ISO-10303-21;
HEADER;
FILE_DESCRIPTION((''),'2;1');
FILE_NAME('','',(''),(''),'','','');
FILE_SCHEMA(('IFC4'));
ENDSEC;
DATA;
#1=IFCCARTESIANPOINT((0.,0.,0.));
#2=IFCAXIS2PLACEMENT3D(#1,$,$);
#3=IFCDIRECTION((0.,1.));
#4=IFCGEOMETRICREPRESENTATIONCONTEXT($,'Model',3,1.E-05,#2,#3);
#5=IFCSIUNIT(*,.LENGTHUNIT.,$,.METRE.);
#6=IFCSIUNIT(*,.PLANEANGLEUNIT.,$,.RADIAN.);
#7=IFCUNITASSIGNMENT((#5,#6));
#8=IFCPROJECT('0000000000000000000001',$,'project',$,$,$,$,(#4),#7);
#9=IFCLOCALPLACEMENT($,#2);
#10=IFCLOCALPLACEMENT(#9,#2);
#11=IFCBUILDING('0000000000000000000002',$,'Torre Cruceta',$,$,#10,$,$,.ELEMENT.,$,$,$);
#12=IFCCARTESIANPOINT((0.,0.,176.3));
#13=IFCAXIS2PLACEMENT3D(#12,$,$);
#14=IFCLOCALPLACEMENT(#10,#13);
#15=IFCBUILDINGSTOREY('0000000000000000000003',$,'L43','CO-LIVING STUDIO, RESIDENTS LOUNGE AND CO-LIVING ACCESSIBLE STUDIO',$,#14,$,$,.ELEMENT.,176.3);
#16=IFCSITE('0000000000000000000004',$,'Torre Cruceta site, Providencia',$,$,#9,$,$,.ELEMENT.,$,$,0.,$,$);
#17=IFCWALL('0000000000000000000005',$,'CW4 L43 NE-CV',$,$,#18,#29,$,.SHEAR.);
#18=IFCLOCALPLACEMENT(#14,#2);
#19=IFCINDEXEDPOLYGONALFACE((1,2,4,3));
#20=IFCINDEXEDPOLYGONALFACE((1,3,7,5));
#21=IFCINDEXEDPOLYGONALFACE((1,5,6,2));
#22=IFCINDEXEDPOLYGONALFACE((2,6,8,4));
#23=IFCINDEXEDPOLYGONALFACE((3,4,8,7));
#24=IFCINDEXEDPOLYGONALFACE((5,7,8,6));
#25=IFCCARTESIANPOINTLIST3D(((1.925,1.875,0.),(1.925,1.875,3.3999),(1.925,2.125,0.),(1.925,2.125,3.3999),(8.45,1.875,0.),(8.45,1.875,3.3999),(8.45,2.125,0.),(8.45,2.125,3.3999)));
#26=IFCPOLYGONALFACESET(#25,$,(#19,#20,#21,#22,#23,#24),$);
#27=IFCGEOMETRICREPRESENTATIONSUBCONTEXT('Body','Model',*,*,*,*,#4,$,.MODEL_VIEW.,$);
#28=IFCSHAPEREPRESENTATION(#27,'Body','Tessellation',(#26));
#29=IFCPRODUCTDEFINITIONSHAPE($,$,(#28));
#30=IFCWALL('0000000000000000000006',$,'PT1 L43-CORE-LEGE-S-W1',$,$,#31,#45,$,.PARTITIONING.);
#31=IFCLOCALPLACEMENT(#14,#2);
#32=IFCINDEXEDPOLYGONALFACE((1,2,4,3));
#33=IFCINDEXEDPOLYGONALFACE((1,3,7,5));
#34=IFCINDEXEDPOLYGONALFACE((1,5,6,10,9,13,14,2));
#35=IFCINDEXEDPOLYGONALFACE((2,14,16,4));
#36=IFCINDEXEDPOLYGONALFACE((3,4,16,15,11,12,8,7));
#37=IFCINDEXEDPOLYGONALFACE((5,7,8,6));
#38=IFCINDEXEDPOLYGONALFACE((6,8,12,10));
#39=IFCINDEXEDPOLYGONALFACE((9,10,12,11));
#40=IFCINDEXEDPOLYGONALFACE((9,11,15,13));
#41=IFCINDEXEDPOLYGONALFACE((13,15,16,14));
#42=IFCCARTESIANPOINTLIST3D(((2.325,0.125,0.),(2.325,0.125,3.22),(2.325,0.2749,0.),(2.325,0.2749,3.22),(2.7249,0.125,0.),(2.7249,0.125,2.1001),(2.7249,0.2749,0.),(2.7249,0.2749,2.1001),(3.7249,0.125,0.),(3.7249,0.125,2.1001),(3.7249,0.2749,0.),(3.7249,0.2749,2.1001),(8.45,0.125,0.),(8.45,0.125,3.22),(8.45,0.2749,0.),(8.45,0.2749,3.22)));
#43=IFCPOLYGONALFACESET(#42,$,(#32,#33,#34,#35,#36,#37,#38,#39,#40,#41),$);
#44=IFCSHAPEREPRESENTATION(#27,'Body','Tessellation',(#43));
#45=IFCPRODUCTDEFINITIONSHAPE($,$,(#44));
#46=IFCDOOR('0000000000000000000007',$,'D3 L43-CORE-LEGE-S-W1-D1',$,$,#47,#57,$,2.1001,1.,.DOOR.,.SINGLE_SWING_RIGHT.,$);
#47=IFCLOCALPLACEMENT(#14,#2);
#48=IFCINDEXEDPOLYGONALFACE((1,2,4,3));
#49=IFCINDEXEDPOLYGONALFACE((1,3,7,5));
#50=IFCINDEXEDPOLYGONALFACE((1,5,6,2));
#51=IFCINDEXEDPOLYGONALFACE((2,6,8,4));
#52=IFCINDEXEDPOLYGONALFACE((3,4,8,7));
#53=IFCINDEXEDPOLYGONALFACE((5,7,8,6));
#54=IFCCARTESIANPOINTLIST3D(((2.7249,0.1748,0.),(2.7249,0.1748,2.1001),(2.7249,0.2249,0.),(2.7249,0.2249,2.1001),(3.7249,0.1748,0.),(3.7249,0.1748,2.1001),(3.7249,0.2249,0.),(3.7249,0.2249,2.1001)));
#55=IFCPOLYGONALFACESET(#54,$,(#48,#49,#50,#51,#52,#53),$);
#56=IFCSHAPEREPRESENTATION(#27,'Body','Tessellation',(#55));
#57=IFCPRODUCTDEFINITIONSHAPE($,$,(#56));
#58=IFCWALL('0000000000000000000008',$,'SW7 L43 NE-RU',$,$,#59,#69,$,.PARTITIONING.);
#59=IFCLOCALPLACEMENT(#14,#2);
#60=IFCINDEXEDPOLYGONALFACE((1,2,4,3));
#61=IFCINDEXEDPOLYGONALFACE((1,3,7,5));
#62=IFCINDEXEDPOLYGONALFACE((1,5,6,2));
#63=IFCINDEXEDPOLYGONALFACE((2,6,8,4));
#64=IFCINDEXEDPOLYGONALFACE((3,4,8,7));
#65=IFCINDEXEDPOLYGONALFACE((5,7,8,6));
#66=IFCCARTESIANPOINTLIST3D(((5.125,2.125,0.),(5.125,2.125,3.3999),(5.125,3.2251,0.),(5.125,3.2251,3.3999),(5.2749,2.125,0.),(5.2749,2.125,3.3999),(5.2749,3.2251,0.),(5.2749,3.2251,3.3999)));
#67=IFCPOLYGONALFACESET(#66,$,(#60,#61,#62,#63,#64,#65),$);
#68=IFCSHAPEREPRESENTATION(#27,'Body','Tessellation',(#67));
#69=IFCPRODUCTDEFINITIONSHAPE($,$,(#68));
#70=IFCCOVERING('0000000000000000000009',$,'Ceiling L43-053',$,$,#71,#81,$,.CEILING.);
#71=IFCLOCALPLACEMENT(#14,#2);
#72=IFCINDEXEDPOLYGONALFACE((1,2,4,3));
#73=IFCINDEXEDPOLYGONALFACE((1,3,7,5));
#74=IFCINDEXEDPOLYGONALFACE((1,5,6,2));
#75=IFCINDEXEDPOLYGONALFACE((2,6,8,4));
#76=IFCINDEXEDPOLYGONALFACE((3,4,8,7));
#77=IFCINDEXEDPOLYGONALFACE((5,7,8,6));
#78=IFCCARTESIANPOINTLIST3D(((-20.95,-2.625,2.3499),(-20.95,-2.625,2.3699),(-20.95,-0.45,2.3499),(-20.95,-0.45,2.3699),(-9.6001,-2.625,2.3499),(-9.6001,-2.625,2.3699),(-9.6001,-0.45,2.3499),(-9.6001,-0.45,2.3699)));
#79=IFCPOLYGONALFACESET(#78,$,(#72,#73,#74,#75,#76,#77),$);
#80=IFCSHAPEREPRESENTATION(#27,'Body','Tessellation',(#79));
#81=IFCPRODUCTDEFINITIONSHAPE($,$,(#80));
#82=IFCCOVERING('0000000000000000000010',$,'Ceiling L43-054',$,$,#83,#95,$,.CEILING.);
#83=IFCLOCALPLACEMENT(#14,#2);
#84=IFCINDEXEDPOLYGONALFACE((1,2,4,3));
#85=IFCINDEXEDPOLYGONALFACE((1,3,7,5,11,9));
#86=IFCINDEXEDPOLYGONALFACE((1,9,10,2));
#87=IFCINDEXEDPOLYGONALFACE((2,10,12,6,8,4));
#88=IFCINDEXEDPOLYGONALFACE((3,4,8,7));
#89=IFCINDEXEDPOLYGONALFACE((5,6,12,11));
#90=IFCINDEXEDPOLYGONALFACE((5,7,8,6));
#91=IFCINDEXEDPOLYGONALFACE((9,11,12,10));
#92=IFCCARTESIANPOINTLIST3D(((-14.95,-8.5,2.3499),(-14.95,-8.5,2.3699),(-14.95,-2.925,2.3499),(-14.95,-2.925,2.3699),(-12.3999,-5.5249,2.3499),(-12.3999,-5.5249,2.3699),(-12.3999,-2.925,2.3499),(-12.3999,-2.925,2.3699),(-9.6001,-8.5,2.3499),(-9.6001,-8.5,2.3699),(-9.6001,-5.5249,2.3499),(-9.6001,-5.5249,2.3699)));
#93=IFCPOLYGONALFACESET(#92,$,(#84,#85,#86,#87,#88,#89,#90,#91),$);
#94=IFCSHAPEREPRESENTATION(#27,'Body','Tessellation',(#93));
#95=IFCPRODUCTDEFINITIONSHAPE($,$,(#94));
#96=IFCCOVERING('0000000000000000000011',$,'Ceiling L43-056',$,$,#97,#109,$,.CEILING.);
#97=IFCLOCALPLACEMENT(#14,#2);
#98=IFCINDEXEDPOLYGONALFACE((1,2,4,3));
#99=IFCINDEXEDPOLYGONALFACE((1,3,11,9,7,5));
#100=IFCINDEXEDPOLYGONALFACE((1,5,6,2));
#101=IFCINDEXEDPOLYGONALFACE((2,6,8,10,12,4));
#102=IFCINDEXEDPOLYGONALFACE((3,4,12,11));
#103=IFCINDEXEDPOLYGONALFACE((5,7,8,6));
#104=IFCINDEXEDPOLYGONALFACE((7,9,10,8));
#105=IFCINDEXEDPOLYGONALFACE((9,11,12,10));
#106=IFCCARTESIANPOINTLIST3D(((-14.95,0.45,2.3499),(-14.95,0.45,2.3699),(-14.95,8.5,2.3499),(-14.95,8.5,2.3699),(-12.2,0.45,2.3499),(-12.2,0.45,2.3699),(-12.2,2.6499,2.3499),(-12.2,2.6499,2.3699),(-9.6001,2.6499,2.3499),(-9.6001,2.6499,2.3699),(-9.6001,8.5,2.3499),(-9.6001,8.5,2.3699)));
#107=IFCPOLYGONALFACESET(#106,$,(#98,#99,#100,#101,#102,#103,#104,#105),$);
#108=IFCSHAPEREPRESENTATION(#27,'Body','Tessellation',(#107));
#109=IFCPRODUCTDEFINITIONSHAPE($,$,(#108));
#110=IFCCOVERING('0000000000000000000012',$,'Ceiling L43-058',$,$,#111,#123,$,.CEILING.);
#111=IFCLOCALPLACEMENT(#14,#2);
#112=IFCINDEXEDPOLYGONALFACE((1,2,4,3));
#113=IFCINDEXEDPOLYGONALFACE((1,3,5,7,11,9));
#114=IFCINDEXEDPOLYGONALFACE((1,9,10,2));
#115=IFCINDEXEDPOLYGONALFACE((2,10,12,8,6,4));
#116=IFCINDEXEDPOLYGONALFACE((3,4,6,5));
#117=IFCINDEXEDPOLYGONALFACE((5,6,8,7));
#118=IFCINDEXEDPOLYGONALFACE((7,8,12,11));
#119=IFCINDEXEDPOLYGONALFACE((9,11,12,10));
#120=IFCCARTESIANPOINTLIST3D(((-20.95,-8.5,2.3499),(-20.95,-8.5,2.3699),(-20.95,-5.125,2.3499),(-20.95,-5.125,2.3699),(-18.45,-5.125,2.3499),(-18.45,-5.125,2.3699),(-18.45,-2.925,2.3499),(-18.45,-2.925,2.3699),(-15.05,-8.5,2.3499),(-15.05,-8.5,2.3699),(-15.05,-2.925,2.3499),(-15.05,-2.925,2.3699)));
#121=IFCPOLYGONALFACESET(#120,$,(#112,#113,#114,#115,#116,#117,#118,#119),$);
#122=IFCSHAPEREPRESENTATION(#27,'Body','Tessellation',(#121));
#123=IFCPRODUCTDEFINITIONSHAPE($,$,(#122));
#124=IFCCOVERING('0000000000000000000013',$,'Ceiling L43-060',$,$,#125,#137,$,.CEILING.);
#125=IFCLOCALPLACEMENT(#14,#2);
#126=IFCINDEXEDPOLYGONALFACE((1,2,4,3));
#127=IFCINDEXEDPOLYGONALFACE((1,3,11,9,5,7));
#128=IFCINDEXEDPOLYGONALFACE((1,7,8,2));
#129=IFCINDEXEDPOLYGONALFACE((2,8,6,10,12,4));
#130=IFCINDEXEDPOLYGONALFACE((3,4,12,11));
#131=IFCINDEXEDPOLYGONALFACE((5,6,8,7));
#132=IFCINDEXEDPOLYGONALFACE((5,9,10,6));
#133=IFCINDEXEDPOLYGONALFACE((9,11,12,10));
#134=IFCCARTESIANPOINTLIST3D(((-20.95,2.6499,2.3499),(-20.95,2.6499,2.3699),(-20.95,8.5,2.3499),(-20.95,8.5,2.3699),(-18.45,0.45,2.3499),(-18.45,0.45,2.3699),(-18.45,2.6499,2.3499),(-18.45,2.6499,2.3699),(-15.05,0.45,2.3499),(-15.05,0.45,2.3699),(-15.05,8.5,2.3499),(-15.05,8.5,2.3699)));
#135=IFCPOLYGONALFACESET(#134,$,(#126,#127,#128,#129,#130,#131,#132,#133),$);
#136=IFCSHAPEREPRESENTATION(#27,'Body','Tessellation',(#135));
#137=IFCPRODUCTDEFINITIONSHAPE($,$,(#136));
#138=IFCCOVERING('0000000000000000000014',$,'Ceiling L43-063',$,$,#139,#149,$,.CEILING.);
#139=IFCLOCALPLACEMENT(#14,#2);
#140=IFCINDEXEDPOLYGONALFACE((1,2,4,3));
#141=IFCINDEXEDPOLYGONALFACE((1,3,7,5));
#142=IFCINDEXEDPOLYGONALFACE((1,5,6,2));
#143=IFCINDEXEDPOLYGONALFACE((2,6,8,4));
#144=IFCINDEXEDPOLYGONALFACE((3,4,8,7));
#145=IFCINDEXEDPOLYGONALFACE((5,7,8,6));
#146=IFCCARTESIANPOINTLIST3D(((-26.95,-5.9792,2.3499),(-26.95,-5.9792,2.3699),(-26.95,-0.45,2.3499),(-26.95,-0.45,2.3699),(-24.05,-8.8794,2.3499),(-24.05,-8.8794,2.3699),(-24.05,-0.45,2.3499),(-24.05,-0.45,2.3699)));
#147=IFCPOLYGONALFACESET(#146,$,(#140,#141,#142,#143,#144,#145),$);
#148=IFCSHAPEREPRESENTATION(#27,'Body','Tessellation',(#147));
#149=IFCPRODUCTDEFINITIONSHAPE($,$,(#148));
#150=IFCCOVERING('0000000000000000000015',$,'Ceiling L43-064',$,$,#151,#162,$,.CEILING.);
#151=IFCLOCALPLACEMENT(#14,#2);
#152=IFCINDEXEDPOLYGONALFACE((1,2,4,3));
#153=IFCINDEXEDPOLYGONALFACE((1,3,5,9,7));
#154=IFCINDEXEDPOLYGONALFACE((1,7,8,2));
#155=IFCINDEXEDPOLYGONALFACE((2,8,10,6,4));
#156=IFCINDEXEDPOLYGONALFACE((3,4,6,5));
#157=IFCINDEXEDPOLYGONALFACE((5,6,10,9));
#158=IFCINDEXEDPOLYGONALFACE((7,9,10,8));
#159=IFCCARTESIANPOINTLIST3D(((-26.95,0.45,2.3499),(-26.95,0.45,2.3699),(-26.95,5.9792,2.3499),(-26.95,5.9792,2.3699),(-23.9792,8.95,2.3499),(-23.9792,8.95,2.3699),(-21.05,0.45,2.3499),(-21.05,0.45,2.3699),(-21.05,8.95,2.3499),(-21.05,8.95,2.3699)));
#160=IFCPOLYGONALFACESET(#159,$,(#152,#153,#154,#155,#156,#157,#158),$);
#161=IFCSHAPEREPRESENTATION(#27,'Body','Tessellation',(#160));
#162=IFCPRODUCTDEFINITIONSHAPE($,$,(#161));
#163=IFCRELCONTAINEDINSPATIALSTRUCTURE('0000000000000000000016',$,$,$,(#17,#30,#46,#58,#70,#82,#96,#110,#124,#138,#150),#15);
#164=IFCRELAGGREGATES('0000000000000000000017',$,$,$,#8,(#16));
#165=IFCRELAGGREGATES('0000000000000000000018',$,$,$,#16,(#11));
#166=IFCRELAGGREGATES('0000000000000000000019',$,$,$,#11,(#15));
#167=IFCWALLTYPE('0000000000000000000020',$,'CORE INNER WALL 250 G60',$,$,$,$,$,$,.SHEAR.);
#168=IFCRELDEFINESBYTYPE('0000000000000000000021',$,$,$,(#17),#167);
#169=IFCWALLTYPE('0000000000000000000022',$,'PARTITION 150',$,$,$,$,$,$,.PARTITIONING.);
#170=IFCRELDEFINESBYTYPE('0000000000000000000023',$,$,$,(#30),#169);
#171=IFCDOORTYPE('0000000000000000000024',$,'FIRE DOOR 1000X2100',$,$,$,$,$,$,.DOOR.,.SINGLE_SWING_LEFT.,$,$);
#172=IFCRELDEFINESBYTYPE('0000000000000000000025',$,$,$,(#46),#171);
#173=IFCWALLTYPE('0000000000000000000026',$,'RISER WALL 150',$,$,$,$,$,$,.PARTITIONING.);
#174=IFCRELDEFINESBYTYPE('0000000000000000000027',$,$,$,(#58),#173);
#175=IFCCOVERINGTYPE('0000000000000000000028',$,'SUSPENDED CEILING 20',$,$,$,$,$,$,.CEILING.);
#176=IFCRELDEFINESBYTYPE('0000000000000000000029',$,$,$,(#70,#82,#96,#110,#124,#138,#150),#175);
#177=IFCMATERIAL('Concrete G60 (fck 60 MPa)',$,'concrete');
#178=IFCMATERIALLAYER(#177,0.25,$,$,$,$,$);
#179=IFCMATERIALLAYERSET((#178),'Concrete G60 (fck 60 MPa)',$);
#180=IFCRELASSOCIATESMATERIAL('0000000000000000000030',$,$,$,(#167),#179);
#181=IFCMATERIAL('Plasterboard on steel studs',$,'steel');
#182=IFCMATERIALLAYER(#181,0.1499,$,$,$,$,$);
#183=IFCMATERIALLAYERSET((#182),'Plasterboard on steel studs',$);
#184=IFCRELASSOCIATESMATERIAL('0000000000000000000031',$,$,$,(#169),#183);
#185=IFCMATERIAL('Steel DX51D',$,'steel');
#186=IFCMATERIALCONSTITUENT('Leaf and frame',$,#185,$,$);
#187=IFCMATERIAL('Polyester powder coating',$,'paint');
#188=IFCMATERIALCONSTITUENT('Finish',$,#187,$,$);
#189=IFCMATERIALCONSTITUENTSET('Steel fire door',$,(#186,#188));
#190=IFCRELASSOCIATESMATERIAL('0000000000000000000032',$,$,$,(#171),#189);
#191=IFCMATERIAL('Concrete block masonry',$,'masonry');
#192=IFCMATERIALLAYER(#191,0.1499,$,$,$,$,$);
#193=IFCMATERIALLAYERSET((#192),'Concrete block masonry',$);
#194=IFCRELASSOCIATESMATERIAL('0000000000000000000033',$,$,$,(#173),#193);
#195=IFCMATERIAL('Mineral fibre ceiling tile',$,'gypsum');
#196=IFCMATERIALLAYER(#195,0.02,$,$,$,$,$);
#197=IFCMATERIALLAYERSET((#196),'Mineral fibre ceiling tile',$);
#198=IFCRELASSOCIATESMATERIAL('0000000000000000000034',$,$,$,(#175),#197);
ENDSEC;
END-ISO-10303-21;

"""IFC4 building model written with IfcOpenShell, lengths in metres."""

from ifc_helpers import new_model, si_unit, direction, frame, frame_2d, origin, place, context, subcontext, project, spatial, polyline, rectangle, outline, extrude, material, layer, layer_set, constituent, constituent_set, type_object, element, fill, save


model = new_model("IFC4")

# Units and contexts
model_context = context("Model", 3, precision=1e-05, world=origin(), true_north=direction((0.0, 1.0)))
body_context = subcontext(model_context, "Body", "Model", "MODEL_VIEW")
ifc_project = project(units=[si_unit("LENGTHUNIT", "METRE"), si_unit("PLANEANGLEUNIT", "RADIAN")], contexts=[model_context])

# Site, building, storey
site_placement = place(None, origin())
site = spatial("IfcSite", under=ifc_project, at=site_placement, Name="Torre Cruceta site, Providencia", CompositionType="ELEMENT", RefElevation=0.0)
building_placement = place(site_placement, origin())
building = spatial("IfcBuilding", under=site, at=building_placement, Name="Torre Cruceta", CompositionType="ELEMENT")
storey_placement = place(building_placement, frame((0.0, 0.0, 176.3)))
storey = spatial("IfcBuildingStorey", under=building, at=storey_placement, Name="L43", Description="CO-LIVING STUDIO, RESIDENTS LOUNGE AND CO-LIVING ACCESSIBLE STUDIO", CompositionType="ELEMENT", Elevation=176.3)

# Shared definitions
ifc_material_1 = material(Name="Concrete G60 (fck 60 MPa)", Category="concrete")
ifc_layer_1 = layer(ifc_material_1, 0.25)
ifc_layer_set_1 = layer_set([ifc_layer_1], Name="Concrete G60 (fck 60 MPa)")
wall_type_1 = type_object("IfcWallType", Name="CORE INNER WALL 250 G60", PredefinedType="SHEAR", material=ifc_layer_set_1)

# Wall
wall_1_placement = place(storey_placement, frame((1.925, 2.0, 0.0), z_axis=(0.0, 0.0, 1.0), x_axis=(1.0, 0.0, 0.0)))
element("IfcWall", 1, at=wall_1_placement, inside=storey, type_object=wall_type_1, Name="CW4 L43 NE-CV", PredefinedType="SHEAR", context=body_context, shape_type="SweptSolid", body=[
    extrude(rectangle(XDim=6.5249, YDim=0.25, at=frame_2d((3.2625, 0.0))), origin(), (0.0, 0.0, 1.0), 3.3999),
])

# Wall, opening, door
ifc_material_2 = material(Name="Plasterboard on steel studs", Category="steel")
ifc_layer_2 = layer(ifc_material_2, 0.1499)
ifc_layer_set_2 = layer_set([ifc_layer_2], Name="Plasterboard on steel studs")
wall_type_2 = type_object("IfcWallType", Name="PARTITION 150", PredefinedType="PARTITIONING", material=ifc_layer_set_2)
wall_2_placement = place(storey_placement, frame((2.325, 0.2, 0.0), z_axis=(0.0, 0.0, 1.0), x_axis=(1.0, 0.0, 0.0)))
wall_2 = element("IfcWall", 2, at=wall_2_placement, inside=storey, type_object=wall_type_2, Name="PT1 L43-CORE-LEGE-S-W1", PredefinedType="PARTITIONING", context=body_context, shape_type="SweptSolid", body=[
    extrude(rectangle(XDim=6.125, YDim=0.1499, at=frame_2d((3.0625, 0.0))), origin(), (0.0, 0.0, 1.0), 3.22),
])
opening_1_placement = place(wall_2_placement, frame((0.3999, 0.0, 0.0)))
opening_1 = element("IfcOpeningElement", 3, at=opening_1_placement, cuts=wall_2, PredefinedType="OPENING", context=body_context, shape_type="SweptSolid", body=[
    extrude(rectangle(XDim=1.0, YDim=2.1001, at=frame_2d((0.5, 1.05))), frame((0.0, 0.085, 0.0), z_axis=(0.0, -1.0, 0.0), x_axis=(1.0, 0.0, 0.0)), (0.0, 0.0, 1.0), 0.1699),
])
ifc_material_3 = material(Name="Steel DX51D", Category="steel")
ifc_constituent_1 = constituent(ifc_material_3, Name="Leaf and frame")
ifc_material_4 = material(Name="Polyester powder coating", Category="paint")
ifc_constituent_2 = constituent(ifc_material_4, Name="Finish")
ifc_constituent_set_1 = constituent_set(constituents=[ifc_constituent_1, ifc_constituent_2], Name="Steel fire door")
door_type_1 = type_object("IfcDoorType", Name="FIRE DOOR 1000X2100", OperationType="SINGLE_SWING_LEFT", PredefinedType="DOOR", material=ifc_constituent_set_1)
door_1_placement = place(opening_1_placement, frame((1.0, 0.0, 0.0), z_axis=(0.0, 0.0, 1.0), x_axis=(-1.0, 0.0, 0.0)))
door_1 = element("IfcDoor", 4, at=door_1_placement, inside=storey, type_object=door_type_1, Name="D3 L43-CORE-LEGE-S-W1-D1", OperationType="SINGLE_SWING_RIGHT", OverallHeight=2.1001, OverallWidth=1.0, PredefinedType="DOOR", context=body_context, shape_type="SweptSolid", body=[
    extrude(rectangle(XDim=1.0, YDim=2.1001, at=frame_2d((0.5, 1.05))), frame((0.0, 0.0251, 0.0), z_axis=(0.0, -1.0, 0.0), x_axis=(1.0, 0.0, 0.0)), (0.0, 0.0, 1.0), 0.05),
])
fill(opening_1, door_1)

# Wall
ifc_material_5 = material(Name="Concrete block masonry", Category="masonry")
ifc_layer_3 = layer(ifc_material_5, 0.1499)
ifc_layer_set_3 = layer_set([ifc_layer_3], Name="Concrete block masonry")
wall_type_3 = type_object("IfcWallType", Name="RISER WALL 150", PredefinedType="PARTITIONING", material=ifc_layer_set_3)
wall_3_placement = place(storey_placement, frame((5.2, 2.125, 0.0), z_axis=(0.0, 0.0, 1.0), x_axis=(0.0, 1.0, 0.0)))
element("IfcWall", 5, at=wall_3_placement, inside=storey, type_object=wall_type_3, Name="SW7 L43 NE-RU", PredefinedType="PARTITIONING", context=body_context, shape_type="SweptSolid", body=[
    extrude(rectangle(XDim=1.1001, YDim=0.1499, at=frame_2d((0.55, 0.0))), origin(), (0.0, 0.0, 1.0), 3.3999),
])

# Coverings
ifc_material_6 = material(Name="Mineral fibre ceiling tile", Category="gypsum")
ifc_layer_4 = layer(ifc_material_6, 0.02)
ifc_layer_set_4 = layer_set([ifc_layer_4], Name="Mineral fibre ceiling tile")
covering_type = type_object("IfcCoveringType", Name="SUSPENDED CEILING 20", PredefinedType="CEILING", material=ifc_layer_set_4)
covering_1_placement = place(storey_placement, frame((0.0, 0.0, 2.3499)))
element("IfcCovering", 6, at=covering_1_placement, inside=storey, type_object=covering_type, Name="Ceiling L43-053", PredefinedType="CEILING", context=body_context, shape_type="SweptSolid", body=[
    extrude(outline(polyline([(-9.6001, -0.45), (-9.6001, -2.625), (-20.95, -2.625), (-20.95, -0.45), (-9.6001, -0.45)])), origin(), (0.0, 0.0, 1.0), 0.02),
])
covering_2_placement = place(storey_placement, frame((0.0, 0.0, 2.3499)))
element("IfcCovering", 7, at=covering_2_placement, inside=storey, type_object=covering_type, Name="Ceiling L43-054", PredefinedType="CEILING", context=body_context, shape_type="SweptSolid", body=[
    extrude(outline(polyline([(-9.6001, -8.5), (-14.95, -8.5), (-14.95, -2.925), (-12.3999, -2.925), (-12.3999, -5.5249), (-9.6001, -5.5249), (-9.6001, -8.5)])), origin(), (0.0, 0.0, 1.0), 0.02),
])
covering_3_placement = place(storey_placement, frame((0.0, 0.0, 2.3499)))
element("IfcCovering", 8, at=covering_3_placement, inside=storey, type_object=covering_type, Name="Ceiling L43-056", PredefinedType="CEILING", context=body_context, shape_type="SweptSolid", body=[
    extrude(outline(polyline([(-14.95, 0.45), (-14.95, 8.5), (-9.6001, 8.5), (-9.6001, 2.6499), (-12.2, 2.6499), (-12.2, 0.45), (-14.95, 0.45)])), origin(), (0.0, 0.0, 1.0), 0.02),
])
covering_4_placement = place(storey_placement, frame((0.0, 0.0, 2.3499)))
element("IfcCovering", 9, at=covering_4_placement, inside=storey, type_object=covering_type, Name="Ceiling L43-058", PredefinedType="CEILING", context=body_context, shape_type="SweptSolid", body=[
    extrude(outline(polyline([(-15.05, -2.925), (-15.05, -8.5), (-20.95, -8.5), (-20.95, -5.125), (-18.45, -5.125), (-18.45, -2.925), (-15.05, -2.925)])), origin(), (0.0, 0.0, 1.0), 0.02),
])
covering_5_placement = place(storey_placement, frame((0.0, 0.0, 2.3499)))
element("IfcCovering", 10, at=covering_5_placement, inside=storey, type_object=covering_type, Name="Ceiling L43-060", PredefinedType="CEILING", context=body_context, shape_type="SweptSolid", body=[
    extrude(outline(polyline([(-20.95, 8.5), (-15.05, 8.5), (-15.05, 0.45), (-18.45, 0.45), (-18.45, 2.6499), (-20.95, 2.6499), (-20.95, 8.5)])), origin(), (0.0, 0.0, 1.0), 0.02),
])
covering_6_placement = place(storey_placement, frame((0.0, 0.0, 2.3499)))
element("IfcCovering", 11, at=covering_6_placement, inside=storey, type_object=covering_type, Name="Ceiling L43-063", PredefinedType="CEILING", context=body_context, shape_type="SweptSolid", body=[
    extrude(outline(polyline([(-26.95, -0.45), (-24.05, -0.45), (-24.05, -8.8794), (-26.95, -5.9792), (-26.95, -0.45)])), origin(), (0.0, 0.0, 1.0), 0.02),
])
covering_7_placement = place(storey_placement, frame((0.0, 0.0, 2.3499)))
element("IfcCovering", 12, at=covering_7_placement, inside=storey, type_object=covering_type, Name="Ceiling L43-064", PredefinedType="CEILING", context=body_context, shape_type="SweptSolid", body=[
    extrude(outline(polyline([(-23.9792, 8.95), (-21.05, 8.95), (-21.05, 0.45), (-26.95, 0.45), (-26.95, 5.9792), (-23.9792, 8.95)])), origin(), (0.0, 0.0, 1.0), 0.02),
])

save(model, "model.ifc")
